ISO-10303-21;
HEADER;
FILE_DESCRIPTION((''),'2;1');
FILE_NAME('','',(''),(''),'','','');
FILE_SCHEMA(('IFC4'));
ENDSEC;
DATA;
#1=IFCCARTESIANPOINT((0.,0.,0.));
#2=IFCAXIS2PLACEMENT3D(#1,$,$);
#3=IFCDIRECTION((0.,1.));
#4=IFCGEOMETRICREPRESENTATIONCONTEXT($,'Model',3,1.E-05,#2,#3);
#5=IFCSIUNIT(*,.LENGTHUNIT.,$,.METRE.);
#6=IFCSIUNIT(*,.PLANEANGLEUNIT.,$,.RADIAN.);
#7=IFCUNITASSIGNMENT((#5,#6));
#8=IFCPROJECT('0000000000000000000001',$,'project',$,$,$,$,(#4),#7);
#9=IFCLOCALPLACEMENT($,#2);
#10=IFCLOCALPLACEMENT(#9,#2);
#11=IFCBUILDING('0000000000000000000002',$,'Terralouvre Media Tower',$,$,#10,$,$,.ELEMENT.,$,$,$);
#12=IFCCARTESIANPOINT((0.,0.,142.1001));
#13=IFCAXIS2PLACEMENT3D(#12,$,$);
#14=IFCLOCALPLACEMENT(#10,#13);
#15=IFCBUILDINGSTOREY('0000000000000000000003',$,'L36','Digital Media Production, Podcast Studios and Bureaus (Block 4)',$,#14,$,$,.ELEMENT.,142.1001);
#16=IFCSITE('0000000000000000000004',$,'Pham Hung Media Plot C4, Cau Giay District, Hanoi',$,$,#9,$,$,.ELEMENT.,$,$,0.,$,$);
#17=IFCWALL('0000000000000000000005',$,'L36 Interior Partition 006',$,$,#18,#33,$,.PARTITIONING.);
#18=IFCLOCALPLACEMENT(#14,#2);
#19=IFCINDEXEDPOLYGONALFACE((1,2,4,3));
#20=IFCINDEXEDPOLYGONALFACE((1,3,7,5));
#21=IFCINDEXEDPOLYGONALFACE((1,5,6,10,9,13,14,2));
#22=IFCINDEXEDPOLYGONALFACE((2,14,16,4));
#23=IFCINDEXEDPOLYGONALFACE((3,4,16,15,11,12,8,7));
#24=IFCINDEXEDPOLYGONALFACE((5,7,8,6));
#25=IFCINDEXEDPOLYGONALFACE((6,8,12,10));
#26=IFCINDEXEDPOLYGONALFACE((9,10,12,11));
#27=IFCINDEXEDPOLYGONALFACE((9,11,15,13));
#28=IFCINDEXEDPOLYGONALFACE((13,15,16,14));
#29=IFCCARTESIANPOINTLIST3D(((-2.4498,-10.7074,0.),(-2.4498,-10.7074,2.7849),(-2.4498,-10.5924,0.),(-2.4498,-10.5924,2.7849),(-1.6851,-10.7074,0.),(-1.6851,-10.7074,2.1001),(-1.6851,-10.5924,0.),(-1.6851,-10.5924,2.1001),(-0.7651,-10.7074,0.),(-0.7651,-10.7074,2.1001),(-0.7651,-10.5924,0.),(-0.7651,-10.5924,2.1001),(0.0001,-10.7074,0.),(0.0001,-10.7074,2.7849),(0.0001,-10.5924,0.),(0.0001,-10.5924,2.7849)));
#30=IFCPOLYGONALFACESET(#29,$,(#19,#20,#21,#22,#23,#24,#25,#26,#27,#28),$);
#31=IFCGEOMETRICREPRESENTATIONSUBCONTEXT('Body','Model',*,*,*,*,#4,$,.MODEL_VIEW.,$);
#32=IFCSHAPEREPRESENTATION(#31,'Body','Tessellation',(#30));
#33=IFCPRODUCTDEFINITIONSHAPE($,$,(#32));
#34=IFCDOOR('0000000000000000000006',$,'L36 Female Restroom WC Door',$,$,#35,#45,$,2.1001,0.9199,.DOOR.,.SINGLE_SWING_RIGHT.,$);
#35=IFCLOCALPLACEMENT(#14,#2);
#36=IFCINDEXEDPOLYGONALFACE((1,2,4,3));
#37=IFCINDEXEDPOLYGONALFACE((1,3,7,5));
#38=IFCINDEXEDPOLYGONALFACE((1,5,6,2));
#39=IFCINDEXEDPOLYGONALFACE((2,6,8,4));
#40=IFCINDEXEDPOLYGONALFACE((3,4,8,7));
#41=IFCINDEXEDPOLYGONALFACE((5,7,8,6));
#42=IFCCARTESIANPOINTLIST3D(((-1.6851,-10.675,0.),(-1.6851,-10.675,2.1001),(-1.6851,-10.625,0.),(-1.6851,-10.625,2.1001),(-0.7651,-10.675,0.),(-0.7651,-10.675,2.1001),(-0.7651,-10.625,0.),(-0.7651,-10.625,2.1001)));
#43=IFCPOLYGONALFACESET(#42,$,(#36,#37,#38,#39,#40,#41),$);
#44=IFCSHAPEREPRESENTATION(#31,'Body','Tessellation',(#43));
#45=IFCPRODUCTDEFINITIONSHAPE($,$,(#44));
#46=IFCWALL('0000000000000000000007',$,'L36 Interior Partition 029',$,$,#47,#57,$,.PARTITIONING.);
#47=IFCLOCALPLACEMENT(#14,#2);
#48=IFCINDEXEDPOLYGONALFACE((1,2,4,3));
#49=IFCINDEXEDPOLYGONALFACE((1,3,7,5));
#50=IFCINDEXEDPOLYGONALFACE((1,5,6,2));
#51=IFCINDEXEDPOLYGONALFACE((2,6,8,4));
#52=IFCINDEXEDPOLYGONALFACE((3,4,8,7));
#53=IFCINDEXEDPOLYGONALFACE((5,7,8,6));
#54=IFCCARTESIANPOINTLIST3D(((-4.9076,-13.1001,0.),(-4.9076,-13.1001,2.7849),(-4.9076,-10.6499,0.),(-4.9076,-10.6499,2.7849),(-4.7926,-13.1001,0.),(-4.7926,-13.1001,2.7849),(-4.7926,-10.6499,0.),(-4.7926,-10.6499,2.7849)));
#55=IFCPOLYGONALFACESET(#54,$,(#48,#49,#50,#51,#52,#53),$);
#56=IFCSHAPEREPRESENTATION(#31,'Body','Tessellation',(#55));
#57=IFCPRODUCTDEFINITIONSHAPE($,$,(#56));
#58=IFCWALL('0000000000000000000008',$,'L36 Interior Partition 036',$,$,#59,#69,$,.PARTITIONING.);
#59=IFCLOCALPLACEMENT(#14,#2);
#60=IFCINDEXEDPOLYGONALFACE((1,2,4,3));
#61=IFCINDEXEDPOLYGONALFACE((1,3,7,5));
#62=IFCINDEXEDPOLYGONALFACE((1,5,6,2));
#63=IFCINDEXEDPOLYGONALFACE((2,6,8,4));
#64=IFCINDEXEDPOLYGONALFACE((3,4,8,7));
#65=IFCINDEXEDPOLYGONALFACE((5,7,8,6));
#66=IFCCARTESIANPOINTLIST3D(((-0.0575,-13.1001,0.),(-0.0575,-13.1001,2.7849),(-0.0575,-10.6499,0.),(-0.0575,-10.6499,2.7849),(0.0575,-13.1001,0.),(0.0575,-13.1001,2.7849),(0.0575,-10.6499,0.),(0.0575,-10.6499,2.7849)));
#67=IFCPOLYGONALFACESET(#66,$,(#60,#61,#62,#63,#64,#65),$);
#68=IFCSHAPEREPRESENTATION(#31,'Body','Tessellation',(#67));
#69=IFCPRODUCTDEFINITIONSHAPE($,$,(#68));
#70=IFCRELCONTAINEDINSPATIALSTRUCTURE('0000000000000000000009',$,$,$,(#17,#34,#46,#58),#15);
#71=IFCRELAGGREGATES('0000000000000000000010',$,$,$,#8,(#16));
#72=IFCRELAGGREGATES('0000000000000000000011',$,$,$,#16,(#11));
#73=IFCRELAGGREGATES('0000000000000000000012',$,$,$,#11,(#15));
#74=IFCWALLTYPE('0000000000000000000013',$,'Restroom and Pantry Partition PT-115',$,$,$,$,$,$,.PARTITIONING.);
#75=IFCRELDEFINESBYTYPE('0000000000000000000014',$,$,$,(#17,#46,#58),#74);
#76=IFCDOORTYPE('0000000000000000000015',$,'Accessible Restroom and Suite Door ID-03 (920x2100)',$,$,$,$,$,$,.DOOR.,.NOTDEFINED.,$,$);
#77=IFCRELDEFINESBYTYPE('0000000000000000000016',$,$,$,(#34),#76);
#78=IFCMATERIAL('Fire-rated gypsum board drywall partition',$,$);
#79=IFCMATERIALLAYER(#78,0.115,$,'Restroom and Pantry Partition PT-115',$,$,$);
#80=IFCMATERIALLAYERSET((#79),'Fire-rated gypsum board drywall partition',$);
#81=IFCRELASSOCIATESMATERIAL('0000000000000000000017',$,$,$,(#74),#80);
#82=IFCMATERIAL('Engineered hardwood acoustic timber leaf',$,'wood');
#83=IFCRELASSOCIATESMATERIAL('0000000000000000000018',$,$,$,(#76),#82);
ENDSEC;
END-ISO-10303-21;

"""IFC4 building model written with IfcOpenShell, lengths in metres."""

from ifc_helpers import new_model, si_unit, direction, frame, frame_2d, origin, place, context, subcontext, project, spatial, rectangle, extrude, material, layer, layer_set, type_object, element, fill, save


model = new_model("IFC4")

# Units and contexts
model_context = context("Model", 3, precision=1e-05, world=origin(), true_north=direction((0.0, 1.0)))
body_context = subcontext(model_context, "Body", "Model", "MODEL_VIEW")
ifc_project = project(units=[si_unit("LENGTHUNIT", "METRE"), si_unit("PLANEANGLEUNIT", "RADIAN")], contexts=[model_context])

# Site, building, storey
site_placement = place(None, origin())
site = spatial("IfcSite", under=ifc_project, at=site_placement, Name="Pham Hung Media Plot C4, Cau Giay District, Hanoi", CompositionType="ELEMENT", RefElevation=0.0)
building_placement = place(site_placement, origin())
building = spatial("IfcBuilding", under=site, at=building_placement, Name="Terralouvre Media Tower", CompositionType="ELEMENT")
storey_placement = place(building_placement, frame((0.0, 0.0, 142.1001)))
storey = spatial("IfcBuildingStorey", under=building, at=storey_placement, Name="L36", Description="Digital Media Production, Podcast Studios and Bureaus (Block 4)", CompositionType="ELEMENT", Elevation=142.1001)

# Wall, opening, door
ifc_material_1 = material(Name="Fire-rated gypsum board drywall partition")
ifc_layer_1 = layer(ifc_material_1, 0.115, Name="Restroom and Pantry Partition PT-115")
ifc_layer_set_1 = layer_set([ifc_layer_1], Name="Fire-rated gypsum board drywall partition")
wall_type_1 = type_object("IfcWallType", Name="Restroom and Pantry Partition PT-115", PredefinedType="PARTITIONING", material=ifc_layer_set_1)
ifc_material_2 = material(Name="Engineered hardwood acoustic timber leaf", Category="wood")
door_type = type_object("IfcDoorType", Name="Accessible Restroom and Suite Door ID-03 (920x2100)", OperationType="NOTDEFINED", PredefinedType="DOOR", material=ifc_material_2)
wall_1_placement = place(storey_placement, frame((-2.45, -10.6499, 0.0), z_axis=(0.0, 0.0, 1.0), x_axis=(1.0, 0.0, 0.0)))
wall_1 = element("IfcWall", 1, at=wall_1_placement, inside=storey, type_object=wall_type_1, Name="L36 Interior Partition 006", PredefinedType="PARTITIONING", context=body_context, shape_type="SweptSolid", body=[
    extrude(rectangle(XDim=2.45, YDim=0.115, at=frame_2d((1.2251, 0.0))), origin(), (0.0, 0.0, 1.0), 2.7849),
])
opening_1_placement = place(wall_1_placement, frame((0.7649, 0.0, 0.0)))
opening_1 = element("IfcOpeningElement", 2, at=opening_1_placement, cuts=wall_1, PredefinedType="OPENING", context=body_context, shape_type="SweptSolid", body=[
    extrude(rectangle(XDim=0.9199, YDim=2.1001, at=frame_2d((0.46, 1.05))), frame((0.0, 0.0674, 0.0), z_axis=(0.0, -1.0, 0.0), x_axis=(1.0, 0.0, 0.0)), (0.0, 0.0, 1.0), 0.135),
])
door_1_placement = place(opening_1_placement, origin())
door_1 = element("IfcDoor", 3, at=door_1_placement, inside=storey, type_object=door_type, Name="L36 Female Restroom WC Door", OperationType="SINGLE_SWING_RIGHT", OverallHeight=2.1001, OverallWidth=0.9199, PredefinedType="DOOR", context=body_context, shape_type="SweptSolid", body=[
    extrude(rectangle(XDim=0.9199, YDim=2.1001, at=frame_2d((0.46, 1.05))), frame((0.0, 0.0249, 0.0), z_axis=(0.0, -1.0, 0.0), x_axis=(1.0, 0.0, 0.0)), (0.0, 0.0, 1.0), 0.05),
])
fill(opening_1, door_1)

# Walls
for number, where, z_axis, x_axis, name in (
    (4, (-4.8501, -10.6499, 0.0), (0.0, 0.0, 1.0), (0.0, -1.0, 0.0), "L36 Interior Partition 029"),
    (5, (0.0, -13.1001, 0.0), (0.0, 0.0, 1.0), (0.0, 1.0, 0.0), "L36 Interior Partition 036"),
):
    element("IfcWall", number, at=place(storey_placement, frame(where, z_axis=z_axis, x_axis=x_axis)), inside=storey, type_object=wall_type_1, Name=name, PredefinedType="PARTITIONING", context=body_context, shape_type="SweptSolid", body=[
        extrude(rectangle(XDim=2.4502, YDim=0.115, at=frame_2d((1.2251, 0.0))), origin(), (0.0, 0.0, 1.0), 2.7849),
    ])

save(model, "model.ifc")
